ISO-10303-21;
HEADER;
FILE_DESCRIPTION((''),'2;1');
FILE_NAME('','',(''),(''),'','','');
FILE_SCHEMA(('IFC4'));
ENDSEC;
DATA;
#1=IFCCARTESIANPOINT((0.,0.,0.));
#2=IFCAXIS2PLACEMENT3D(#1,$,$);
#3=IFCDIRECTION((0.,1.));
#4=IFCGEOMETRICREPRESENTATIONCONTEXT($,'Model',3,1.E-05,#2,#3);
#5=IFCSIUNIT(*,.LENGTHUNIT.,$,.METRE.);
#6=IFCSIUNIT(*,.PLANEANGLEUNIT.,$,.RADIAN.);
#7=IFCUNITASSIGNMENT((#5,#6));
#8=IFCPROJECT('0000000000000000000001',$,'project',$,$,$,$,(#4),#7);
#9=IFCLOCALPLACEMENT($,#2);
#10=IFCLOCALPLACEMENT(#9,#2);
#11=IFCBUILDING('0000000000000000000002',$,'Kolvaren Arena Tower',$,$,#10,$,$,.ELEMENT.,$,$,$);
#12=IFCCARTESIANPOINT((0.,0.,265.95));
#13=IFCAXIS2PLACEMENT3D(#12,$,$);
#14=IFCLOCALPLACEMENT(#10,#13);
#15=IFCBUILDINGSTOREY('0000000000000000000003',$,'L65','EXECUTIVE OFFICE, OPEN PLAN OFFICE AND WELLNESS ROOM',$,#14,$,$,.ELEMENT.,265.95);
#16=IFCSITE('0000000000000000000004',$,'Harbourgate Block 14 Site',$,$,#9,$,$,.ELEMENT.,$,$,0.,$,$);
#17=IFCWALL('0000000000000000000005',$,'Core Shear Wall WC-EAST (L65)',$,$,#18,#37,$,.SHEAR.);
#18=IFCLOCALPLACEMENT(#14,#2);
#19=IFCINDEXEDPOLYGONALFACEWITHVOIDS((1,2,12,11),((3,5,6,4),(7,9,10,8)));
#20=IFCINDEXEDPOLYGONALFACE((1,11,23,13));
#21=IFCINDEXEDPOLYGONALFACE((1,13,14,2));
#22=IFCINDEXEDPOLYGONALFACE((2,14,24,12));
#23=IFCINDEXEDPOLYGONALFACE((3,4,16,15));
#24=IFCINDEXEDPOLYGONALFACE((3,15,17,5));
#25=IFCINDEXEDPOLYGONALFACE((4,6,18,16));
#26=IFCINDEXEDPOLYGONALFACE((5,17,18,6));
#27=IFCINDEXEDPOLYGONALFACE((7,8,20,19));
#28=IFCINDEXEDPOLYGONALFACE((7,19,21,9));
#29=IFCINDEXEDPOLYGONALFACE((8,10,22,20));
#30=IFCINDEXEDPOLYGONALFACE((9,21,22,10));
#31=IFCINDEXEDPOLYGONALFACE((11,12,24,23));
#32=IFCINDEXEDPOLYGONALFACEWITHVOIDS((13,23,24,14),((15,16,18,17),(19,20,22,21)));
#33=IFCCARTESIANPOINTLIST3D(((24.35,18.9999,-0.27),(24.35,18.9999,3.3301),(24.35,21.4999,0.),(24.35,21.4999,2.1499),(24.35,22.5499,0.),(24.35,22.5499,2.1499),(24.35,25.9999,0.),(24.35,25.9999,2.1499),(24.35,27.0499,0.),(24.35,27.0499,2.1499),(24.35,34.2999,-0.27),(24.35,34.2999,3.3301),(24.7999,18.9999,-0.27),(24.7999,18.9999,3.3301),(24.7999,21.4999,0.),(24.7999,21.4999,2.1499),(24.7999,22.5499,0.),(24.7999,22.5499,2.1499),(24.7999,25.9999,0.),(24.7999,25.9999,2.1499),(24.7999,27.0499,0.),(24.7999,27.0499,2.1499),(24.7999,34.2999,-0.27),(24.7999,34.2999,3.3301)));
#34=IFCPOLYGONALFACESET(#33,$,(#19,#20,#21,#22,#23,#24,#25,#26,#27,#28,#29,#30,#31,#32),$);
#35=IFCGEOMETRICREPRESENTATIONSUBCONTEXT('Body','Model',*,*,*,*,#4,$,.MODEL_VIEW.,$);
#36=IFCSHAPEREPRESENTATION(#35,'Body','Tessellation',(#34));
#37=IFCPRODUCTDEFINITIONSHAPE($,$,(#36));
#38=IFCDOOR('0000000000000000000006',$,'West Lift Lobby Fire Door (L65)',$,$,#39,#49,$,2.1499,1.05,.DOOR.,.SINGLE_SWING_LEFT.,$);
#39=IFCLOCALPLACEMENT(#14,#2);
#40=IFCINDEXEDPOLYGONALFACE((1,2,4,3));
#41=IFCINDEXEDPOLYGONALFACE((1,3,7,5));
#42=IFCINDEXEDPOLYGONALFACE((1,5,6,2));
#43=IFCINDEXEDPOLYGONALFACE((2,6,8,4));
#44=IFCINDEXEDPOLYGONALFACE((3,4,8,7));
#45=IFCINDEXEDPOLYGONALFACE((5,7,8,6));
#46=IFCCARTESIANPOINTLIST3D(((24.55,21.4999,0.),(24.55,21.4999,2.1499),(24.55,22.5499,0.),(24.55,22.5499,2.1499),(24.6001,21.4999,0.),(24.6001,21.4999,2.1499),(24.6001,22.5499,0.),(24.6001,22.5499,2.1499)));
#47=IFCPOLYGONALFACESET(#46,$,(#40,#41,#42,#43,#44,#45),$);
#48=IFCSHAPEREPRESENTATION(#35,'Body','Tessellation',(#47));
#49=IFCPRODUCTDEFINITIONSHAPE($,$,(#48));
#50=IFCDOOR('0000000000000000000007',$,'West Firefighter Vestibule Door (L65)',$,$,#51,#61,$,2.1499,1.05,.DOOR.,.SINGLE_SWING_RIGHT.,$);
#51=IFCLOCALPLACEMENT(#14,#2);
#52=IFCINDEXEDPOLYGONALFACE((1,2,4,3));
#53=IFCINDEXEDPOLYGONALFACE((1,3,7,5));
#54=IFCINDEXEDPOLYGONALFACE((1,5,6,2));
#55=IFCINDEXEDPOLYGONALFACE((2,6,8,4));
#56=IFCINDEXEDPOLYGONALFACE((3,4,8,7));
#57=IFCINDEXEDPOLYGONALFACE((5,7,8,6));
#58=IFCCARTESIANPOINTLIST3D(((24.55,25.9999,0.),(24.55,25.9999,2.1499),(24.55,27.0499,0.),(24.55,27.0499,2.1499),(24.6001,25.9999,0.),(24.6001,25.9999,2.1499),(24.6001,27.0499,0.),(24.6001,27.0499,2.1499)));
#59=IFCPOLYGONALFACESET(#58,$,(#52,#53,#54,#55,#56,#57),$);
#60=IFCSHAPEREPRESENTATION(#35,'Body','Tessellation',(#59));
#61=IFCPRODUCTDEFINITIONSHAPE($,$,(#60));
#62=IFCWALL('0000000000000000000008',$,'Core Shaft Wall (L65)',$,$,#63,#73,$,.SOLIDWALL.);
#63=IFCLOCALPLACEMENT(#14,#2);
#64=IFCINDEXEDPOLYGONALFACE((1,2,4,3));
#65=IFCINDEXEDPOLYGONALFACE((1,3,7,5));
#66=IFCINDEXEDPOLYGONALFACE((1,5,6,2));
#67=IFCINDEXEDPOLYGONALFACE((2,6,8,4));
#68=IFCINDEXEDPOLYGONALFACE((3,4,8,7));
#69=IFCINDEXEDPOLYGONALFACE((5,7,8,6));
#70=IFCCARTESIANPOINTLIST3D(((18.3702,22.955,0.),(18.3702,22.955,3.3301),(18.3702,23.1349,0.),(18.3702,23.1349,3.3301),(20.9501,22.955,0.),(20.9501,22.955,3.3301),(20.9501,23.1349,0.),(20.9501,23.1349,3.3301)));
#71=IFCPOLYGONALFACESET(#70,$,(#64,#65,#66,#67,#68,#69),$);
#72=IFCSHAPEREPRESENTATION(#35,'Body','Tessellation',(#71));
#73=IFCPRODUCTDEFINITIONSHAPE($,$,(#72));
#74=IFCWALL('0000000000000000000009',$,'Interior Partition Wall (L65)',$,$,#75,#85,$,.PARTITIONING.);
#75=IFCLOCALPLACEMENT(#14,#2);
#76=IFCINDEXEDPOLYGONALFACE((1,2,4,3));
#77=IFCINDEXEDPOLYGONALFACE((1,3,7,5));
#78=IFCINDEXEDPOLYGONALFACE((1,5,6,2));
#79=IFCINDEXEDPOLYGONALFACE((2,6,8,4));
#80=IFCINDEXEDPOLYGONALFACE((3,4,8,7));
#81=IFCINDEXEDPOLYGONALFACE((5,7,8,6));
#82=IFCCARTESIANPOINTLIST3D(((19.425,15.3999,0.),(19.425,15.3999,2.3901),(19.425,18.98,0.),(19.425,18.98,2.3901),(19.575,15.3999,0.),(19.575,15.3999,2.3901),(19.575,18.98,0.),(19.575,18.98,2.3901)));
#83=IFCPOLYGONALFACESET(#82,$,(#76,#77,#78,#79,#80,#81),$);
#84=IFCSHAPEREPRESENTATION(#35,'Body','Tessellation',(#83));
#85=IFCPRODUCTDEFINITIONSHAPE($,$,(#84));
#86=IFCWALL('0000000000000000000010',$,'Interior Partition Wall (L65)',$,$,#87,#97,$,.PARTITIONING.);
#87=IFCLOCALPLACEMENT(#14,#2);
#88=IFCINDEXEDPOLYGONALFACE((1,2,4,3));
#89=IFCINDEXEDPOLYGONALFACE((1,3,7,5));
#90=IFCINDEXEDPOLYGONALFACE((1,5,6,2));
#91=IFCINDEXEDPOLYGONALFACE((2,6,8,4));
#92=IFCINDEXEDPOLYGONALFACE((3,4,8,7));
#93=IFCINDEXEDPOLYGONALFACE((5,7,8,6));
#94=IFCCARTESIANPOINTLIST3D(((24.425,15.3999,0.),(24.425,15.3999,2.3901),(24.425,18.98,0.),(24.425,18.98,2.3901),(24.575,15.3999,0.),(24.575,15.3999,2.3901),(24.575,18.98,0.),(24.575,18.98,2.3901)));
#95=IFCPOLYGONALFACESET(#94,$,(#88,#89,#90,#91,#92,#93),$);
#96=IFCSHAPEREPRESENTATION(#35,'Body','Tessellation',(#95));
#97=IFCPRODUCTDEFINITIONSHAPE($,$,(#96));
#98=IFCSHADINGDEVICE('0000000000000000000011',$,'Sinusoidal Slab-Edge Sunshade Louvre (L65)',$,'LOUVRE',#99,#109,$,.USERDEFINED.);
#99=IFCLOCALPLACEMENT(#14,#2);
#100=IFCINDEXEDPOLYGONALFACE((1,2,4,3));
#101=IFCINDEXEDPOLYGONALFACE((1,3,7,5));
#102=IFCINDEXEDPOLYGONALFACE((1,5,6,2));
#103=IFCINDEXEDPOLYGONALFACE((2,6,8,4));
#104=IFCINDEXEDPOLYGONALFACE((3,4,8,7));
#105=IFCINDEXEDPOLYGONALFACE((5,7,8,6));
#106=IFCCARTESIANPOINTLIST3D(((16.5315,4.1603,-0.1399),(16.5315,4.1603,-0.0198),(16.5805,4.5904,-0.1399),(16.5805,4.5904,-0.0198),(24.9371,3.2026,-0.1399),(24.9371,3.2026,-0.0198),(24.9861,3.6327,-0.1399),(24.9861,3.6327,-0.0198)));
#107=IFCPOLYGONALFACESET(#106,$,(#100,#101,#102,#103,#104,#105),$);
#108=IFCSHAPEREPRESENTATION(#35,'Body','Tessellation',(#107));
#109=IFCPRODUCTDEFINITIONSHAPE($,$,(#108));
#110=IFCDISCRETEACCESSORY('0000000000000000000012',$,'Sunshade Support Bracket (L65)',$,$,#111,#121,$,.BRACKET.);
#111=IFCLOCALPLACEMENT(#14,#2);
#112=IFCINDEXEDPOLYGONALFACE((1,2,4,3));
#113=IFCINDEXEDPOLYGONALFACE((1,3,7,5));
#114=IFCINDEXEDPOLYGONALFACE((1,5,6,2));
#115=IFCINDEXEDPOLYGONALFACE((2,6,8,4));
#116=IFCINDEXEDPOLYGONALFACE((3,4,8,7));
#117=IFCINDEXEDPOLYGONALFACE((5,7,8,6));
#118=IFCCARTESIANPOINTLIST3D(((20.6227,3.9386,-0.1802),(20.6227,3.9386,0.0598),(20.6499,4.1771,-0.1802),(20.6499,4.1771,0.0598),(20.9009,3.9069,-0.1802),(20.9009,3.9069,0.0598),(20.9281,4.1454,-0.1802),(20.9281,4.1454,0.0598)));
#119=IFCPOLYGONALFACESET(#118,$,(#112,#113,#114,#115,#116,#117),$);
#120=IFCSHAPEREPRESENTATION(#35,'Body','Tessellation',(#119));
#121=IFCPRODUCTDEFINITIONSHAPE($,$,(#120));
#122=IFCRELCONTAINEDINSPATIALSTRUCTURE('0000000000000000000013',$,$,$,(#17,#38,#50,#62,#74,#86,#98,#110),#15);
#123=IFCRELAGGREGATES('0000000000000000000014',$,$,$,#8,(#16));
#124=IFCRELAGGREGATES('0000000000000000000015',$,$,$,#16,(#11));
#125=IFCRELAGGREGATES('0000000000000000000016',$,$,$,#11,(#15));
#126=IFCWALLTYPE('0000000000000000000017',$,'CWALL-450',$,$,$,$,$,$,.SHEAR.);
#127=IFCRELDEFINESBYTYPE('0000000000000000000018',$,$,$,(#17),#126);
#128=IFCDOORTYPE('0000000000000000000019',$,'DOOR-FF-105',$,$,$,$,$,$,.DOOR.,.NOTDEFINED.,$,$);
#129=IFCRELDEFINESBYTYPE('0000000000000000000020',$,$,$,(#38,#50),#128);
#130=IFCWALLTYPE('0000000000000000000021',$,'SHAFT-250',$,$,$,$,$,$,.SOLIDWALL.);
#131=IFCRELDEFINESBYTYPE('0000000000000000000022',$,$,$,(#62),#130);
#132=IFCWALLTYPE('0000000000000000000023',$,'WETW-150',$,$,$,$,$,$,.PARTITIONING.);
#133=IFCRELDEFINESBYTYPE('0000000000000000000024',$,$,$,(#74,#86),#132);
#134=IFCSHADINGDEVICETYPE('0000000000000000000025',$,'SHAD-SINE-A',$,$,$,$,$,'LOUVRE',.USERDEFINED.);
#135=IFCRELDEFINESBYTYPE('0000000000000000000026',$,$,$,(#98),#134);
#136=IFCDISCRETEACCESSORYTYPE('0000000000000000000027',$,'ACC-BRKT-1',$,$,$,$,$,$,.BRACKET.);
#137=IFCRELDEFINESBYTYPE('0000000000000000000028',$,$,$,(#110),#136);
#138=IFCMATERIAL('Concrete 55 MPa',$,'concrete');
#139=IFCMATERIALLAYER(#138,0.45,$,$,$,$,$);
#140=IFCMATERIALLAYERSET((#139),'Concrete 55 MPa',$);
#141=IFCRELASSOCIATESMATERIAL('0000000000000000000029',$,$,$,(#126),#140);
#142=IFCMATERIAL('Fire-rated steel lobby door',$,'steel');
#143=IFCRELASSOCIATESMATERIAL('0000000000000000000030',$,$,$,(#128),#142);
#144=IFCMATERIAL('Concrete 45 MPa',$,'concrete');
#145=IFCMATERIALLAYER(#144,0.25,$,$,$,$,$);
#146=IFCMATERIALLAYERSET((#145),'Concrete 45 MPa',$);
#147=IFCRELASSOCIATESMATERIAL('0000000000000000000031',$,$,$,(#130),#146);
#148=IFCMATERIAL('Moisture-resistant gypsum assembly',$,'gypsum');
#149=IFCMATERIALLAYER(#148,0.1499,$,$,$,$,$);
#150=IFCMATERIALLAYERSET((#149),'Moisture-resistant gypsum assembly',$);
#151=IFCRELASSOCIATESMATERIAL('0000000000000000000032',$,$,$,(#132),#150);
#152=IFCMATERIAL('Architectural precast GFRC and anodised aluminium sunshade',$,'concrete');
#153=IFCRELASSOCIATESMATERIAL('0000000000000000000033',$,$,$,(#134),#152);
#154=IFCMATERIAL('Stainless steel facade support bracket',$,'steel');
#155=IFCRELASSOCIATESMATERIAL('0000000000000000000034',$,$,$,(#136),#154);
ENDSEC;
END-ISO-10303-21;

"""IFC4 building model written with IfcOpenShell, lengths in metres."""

from ifc_helpers import new_model, si_unit, direction, frame, frame_2d, origin, origin_2d, place, context, subcontext, project, spatial, rectangle, extrude, material, layer, layer_set, type_object, element, fill, save


model = new_model("IFC4")

# Units and contexts
model_context = context("Model", 3, precision=1e-05, world=origin(), true_north=direction((0.0, 1.0)))
body_context = subcontext(model_context, "Body", "Model", "MODEL_VIEW")
ifc_project = project(units=[si_unit("LENGTHUNIT", "METRE"), si_unit("PLANEANGLEUNIT", "RADIAN")], contexts=[model_context])

# Site, building, storey
site_placement = place(None, origin())
site = spatial("IfcSite", under=ifc_project, at=site_placement, Name="Harbourgate Block 14 Site", CompositionType="ELEMENT", RefElevation=0.0)
building_placement = place(site_placement, origin())
building = spatial("IfcBuilding", under=site, at=building_placement, Name="Kolvaren Arena Tower", CompositionType="ELEMENT")
storey_placement = place(building_placement, frame((0.0, 0.0, 265.95)))
storey = spatial("IfcBuildingStorey", under=building, at=storey_placement, Name="L65", Description="EXECUTIVE OFFICE, OPEN PLAN OFFICE AND WELLNESS ROOM", CompositionType="ELEMENT", Elevation=265.95)

# Wall, openings, doors
ifc_material_1 = material(Name="Concrete 55 MPa", Category="concrete")
ifc_layer_1 = layer(ifc_material_1, 0.45)
ifc_layer_set_1 = layer_set([ifc_layer_1], Name="Concrete 55 MPa")
wall_type_1 = type_object("IfcWallType", Name="CWALL-450", PredefinedType="SHEAR", material=ifc_layer_set_1)
wall_1_placement = place(storey_placement, frame((24.575, 19.0, -0.27), z_axis=(0.0, 0.0, 1.0), x_axis=(0.0, 1.0, 0.0)))
wall_1 = element("IfcWall", 1, at=wall_1_placement, inside=storey, type_object=wall_type_1, Name="Core Shear Wall WC-EAST (L65)", PredefinedType="SHEAR", context=body_context, shape_type="SweptSolid", body=[
    extrude(rectangle(XDim=15.3, YDim=0.45, at=frame_2d((7.6499, 0.0))), origin(), (0.0, 0.0, 1.0), 3.6001),
])
opening_1_placement = place(wall_1_placement, frame((2.5, 0.0, 0.27)))
opening_1 = element("IfcOpeningElement", 2, at=opening_1_placement, cuts=wall_1, PredefinedType="OPENING", context=body_context, shape_type="SweptSolid", body=[
    extrude(rectangle(XDim=1.05, YDim=2.1499, at=frame_2d((0.5249, 1.075))), frame((0.0, 0.2349, 0.0), z_axis=(0.0, -1.0, 0.0), x_axis=(1.0, 0.0, 0.0)), (0.0, 0.0, 1.0), 0.47),
])
opening_2_placement = place(wall_1_placement, frame((7.0, 0.0, 0.27)))
opening_2 = element("IfcOpeningElement", 3, at=opening_2_placement, cuts=wall_1, PredefinedType="OPENING", context=body_context, shape_type="SweptSolid", body=[
    extrude(rectangle(XDim=1.05, YDim=2.1499, at=frame_2d((0.5249, 1.075))), frame((0.0, 0.2349, 0.0), z_axis=(0.0, -1.0, 0.0), x_axis=(1.0, 0.0, 0.0)), (0.0, 0.0, 1.0), 0.47),
])
ifc_material_2 = material(Name="Fire-rated steel lobby door", Category="steel")
door_type_1 = type_object("IfcDoorType", Name="DOOR-FF-105", OperationType="NOTDEFINED", PredefinedType="DOOR", material=ifc_material_2)
door_1_placement = place(opening_1_placement, origin())
door_1 = element("IfcDoor", 4, at=door_1_placement, inside=storey, type_object=door_type_1, Name="West Lift Lobby Fire Door (L65)", OperationType="SINGLE_SWING_LEFT", OverallHeight=2.1499, OverallWidth=1.05, PredefinedType="DOOR", context=body_context, shape_type="SweptSolid", body=[
    extrude(rectangle(XDim=1.05, YDim=2.1499, at=frame_2d((0.5249, 1.075))), frame((0.0, 0.0249, 0.0), z_axis=(0.0, -1.0, 0.0), x_axis=(1.0, 0.0, 0.0)), (0.0, 0.0, 1.0), 0.05),
])
fill(opening_1, door_1)
door_2_placement = place(opening_2_placement, origin())
door_2 = element("IfcDoor", 5, at=door_2_placement, inside=storey, type_object=door_type_1, Name="West Firefighter Vestibule Door (L65)", OperationType="SINGLE_SWING_RIGHT", OverallHeight=2.1499, OverallWidth=1.05, PredefinedType="DOOR", context=body_context, shape_type="SweptSolid", body=[
    extrude(rectangle(XDim=1.05, YDim=2.1499, at=frame_2d((0.5249, 1.075))), frame((0.0, 0.0249, 0.0), z_axis=(0.0, -1.0, 0.0), x_axis=(1.0, 0.0, 0.0)), (0.0, 0.0, 1.0), 0.05),
])
fill(opening_2, door_2)

# Walls
ifc_material_3 = material(Name="Concrete 45 MPa", Category="concrete")
ifc_layer_2 = layer(ifc_material_3, 0.25)
ifc_layer_set_2 = layer_set([ifc_layer_2], Name="Concrete 45 MPa")
wall_type_2 = type_object("IfcWallType", Name="SHAFT-250", PredefinedType="SOLIDWALL", material=ifc_layer_set_2)
wall_2_placement = place(storey_placement, frame((18.3701, 23.0449, 0.0), z_axis=(0.0, 0.0, 1.0), x_axis=(1.0, 0.0, 0.0)))
element("IfcWall", 6, at=wall_2_placement, inside=storey, type_object=wall_type_2, Name="Core Shaft Wall (L65)", PredefinedType="SOLIDWALL", context=body_context, shape_type="SweptSolid", body=[
    extrude(rectangle(XDim=2.5798, YDim=0.1799, at=frame_2d((1.29, 0.0))), origin(), (0.0, 0.0, 1.0), 3.3301),
])
ifc_material_4 = material(Name="Moisture-resistant gypsum assembly", Category="gypsum")
ifc_layer_3 = layer(ifc_material_4, 0.1499)
ifc_layer_set_3 = layer_set([ifc_layer_3], Name="Moisture-resistant gypsum assembly")
wall_type_3 = type_object("IfcWallType", Name="WETW-150", PredefinedType="PARTITIONING", material=ifc_layer_set_3)
for number, where, z_axis, x_axis, name in (
    (7, (19.5, 15.3999, 0.0), (0.0, 0.0, 1.0), (0.0, 1.0, 0.0), "Interior Partition Wall (L65)"),
    (8, (24.5, 15.3999, 0.0), (0.0, 0.0, 1.0), (0.0, 1.0, 0.0), "Interior Partition Wall (L65)"),
):
    element("IfcWall", number, at=place(storey_placement, frame(where, z_axis=z_axis, x_axis=x_axis)), inside=storey, type_object=wall_type_3, Name=name, PredefinedType="PARTITIONING", context=body_context, shape_type="SweptSolid", body=[
        extrude(rectangle(XDim=3.5801, YDim=0.1499, at=frame_2d((1.79, 0.0))), origin(), (0.0, 0.0, 1.0), 2.3901),
    ])

# Shading device
ifc_material_5 = material(Name="Architectural precast GFRC and anodised aluminium sunshade", Category="concrete")
shading_device_type = type_object("IfcShadingDeviceType", Name="SHAD-SINE-A", ElementType="LOUVRE", PredefinedType="USERDEFINED", material=ifc_material_5)
shading_device_placement = place(storey_placement, frame((20.7588, 3.8965, -0.1399), z_axis=(0.0, 0.0, 1.0), x_axis=(-0.993572, 0.113205, 0.0)))
element("IfcShadingDevice", 9, at=shading_device_placement, inside=storey, type_object=shading_device_type, Name="Sinusoidal Slab-Edge Sunshade Louvre (L65)", ObjectType="LOUVRE", PredefinedType="USERDEFINED", context=body_context, shape_type="SweptSolid", body=[
    extrude(rectangle(XDim=8.46, YDim=0.4329, at=origin_2d()), origin(), (0.0, 0.0, 1.0), 0.1201),
])

# Discrete accessory
ifc_material_6 = material(Name="Stainless steel facade support bracket", Category="steel")
discrete_accessory_type = type_object("IfcDiscreteAccessoryType", Name="ACC-BRKT-1", PredefinedType="BRACKET", material=ifc_material_6)
discrete_accessory_placement = place(storey_placement, frame((20.7754, 4.042, -0.1802), z_axis=(0.0, 0.0, 1.0), x_axis=(-0.993572, 0.113205, 0.0)))
element("IfcDiscreteAccessory", 10, at=discrete_accessory_placement, inside=storey, type_object=discrete_accessory_type, Name="Sunshade Support Bracket (L65)", PredefinedType="BRACKET", context=body_context, shape_type="SweptSolid", body=[
    extrude(rectangle(XDim=0.28, YDim=0.24, at=origin_2d()), origin(), (0.0, 0.0, 1.0), 0.24),
])

save(model, "model.ifc")
